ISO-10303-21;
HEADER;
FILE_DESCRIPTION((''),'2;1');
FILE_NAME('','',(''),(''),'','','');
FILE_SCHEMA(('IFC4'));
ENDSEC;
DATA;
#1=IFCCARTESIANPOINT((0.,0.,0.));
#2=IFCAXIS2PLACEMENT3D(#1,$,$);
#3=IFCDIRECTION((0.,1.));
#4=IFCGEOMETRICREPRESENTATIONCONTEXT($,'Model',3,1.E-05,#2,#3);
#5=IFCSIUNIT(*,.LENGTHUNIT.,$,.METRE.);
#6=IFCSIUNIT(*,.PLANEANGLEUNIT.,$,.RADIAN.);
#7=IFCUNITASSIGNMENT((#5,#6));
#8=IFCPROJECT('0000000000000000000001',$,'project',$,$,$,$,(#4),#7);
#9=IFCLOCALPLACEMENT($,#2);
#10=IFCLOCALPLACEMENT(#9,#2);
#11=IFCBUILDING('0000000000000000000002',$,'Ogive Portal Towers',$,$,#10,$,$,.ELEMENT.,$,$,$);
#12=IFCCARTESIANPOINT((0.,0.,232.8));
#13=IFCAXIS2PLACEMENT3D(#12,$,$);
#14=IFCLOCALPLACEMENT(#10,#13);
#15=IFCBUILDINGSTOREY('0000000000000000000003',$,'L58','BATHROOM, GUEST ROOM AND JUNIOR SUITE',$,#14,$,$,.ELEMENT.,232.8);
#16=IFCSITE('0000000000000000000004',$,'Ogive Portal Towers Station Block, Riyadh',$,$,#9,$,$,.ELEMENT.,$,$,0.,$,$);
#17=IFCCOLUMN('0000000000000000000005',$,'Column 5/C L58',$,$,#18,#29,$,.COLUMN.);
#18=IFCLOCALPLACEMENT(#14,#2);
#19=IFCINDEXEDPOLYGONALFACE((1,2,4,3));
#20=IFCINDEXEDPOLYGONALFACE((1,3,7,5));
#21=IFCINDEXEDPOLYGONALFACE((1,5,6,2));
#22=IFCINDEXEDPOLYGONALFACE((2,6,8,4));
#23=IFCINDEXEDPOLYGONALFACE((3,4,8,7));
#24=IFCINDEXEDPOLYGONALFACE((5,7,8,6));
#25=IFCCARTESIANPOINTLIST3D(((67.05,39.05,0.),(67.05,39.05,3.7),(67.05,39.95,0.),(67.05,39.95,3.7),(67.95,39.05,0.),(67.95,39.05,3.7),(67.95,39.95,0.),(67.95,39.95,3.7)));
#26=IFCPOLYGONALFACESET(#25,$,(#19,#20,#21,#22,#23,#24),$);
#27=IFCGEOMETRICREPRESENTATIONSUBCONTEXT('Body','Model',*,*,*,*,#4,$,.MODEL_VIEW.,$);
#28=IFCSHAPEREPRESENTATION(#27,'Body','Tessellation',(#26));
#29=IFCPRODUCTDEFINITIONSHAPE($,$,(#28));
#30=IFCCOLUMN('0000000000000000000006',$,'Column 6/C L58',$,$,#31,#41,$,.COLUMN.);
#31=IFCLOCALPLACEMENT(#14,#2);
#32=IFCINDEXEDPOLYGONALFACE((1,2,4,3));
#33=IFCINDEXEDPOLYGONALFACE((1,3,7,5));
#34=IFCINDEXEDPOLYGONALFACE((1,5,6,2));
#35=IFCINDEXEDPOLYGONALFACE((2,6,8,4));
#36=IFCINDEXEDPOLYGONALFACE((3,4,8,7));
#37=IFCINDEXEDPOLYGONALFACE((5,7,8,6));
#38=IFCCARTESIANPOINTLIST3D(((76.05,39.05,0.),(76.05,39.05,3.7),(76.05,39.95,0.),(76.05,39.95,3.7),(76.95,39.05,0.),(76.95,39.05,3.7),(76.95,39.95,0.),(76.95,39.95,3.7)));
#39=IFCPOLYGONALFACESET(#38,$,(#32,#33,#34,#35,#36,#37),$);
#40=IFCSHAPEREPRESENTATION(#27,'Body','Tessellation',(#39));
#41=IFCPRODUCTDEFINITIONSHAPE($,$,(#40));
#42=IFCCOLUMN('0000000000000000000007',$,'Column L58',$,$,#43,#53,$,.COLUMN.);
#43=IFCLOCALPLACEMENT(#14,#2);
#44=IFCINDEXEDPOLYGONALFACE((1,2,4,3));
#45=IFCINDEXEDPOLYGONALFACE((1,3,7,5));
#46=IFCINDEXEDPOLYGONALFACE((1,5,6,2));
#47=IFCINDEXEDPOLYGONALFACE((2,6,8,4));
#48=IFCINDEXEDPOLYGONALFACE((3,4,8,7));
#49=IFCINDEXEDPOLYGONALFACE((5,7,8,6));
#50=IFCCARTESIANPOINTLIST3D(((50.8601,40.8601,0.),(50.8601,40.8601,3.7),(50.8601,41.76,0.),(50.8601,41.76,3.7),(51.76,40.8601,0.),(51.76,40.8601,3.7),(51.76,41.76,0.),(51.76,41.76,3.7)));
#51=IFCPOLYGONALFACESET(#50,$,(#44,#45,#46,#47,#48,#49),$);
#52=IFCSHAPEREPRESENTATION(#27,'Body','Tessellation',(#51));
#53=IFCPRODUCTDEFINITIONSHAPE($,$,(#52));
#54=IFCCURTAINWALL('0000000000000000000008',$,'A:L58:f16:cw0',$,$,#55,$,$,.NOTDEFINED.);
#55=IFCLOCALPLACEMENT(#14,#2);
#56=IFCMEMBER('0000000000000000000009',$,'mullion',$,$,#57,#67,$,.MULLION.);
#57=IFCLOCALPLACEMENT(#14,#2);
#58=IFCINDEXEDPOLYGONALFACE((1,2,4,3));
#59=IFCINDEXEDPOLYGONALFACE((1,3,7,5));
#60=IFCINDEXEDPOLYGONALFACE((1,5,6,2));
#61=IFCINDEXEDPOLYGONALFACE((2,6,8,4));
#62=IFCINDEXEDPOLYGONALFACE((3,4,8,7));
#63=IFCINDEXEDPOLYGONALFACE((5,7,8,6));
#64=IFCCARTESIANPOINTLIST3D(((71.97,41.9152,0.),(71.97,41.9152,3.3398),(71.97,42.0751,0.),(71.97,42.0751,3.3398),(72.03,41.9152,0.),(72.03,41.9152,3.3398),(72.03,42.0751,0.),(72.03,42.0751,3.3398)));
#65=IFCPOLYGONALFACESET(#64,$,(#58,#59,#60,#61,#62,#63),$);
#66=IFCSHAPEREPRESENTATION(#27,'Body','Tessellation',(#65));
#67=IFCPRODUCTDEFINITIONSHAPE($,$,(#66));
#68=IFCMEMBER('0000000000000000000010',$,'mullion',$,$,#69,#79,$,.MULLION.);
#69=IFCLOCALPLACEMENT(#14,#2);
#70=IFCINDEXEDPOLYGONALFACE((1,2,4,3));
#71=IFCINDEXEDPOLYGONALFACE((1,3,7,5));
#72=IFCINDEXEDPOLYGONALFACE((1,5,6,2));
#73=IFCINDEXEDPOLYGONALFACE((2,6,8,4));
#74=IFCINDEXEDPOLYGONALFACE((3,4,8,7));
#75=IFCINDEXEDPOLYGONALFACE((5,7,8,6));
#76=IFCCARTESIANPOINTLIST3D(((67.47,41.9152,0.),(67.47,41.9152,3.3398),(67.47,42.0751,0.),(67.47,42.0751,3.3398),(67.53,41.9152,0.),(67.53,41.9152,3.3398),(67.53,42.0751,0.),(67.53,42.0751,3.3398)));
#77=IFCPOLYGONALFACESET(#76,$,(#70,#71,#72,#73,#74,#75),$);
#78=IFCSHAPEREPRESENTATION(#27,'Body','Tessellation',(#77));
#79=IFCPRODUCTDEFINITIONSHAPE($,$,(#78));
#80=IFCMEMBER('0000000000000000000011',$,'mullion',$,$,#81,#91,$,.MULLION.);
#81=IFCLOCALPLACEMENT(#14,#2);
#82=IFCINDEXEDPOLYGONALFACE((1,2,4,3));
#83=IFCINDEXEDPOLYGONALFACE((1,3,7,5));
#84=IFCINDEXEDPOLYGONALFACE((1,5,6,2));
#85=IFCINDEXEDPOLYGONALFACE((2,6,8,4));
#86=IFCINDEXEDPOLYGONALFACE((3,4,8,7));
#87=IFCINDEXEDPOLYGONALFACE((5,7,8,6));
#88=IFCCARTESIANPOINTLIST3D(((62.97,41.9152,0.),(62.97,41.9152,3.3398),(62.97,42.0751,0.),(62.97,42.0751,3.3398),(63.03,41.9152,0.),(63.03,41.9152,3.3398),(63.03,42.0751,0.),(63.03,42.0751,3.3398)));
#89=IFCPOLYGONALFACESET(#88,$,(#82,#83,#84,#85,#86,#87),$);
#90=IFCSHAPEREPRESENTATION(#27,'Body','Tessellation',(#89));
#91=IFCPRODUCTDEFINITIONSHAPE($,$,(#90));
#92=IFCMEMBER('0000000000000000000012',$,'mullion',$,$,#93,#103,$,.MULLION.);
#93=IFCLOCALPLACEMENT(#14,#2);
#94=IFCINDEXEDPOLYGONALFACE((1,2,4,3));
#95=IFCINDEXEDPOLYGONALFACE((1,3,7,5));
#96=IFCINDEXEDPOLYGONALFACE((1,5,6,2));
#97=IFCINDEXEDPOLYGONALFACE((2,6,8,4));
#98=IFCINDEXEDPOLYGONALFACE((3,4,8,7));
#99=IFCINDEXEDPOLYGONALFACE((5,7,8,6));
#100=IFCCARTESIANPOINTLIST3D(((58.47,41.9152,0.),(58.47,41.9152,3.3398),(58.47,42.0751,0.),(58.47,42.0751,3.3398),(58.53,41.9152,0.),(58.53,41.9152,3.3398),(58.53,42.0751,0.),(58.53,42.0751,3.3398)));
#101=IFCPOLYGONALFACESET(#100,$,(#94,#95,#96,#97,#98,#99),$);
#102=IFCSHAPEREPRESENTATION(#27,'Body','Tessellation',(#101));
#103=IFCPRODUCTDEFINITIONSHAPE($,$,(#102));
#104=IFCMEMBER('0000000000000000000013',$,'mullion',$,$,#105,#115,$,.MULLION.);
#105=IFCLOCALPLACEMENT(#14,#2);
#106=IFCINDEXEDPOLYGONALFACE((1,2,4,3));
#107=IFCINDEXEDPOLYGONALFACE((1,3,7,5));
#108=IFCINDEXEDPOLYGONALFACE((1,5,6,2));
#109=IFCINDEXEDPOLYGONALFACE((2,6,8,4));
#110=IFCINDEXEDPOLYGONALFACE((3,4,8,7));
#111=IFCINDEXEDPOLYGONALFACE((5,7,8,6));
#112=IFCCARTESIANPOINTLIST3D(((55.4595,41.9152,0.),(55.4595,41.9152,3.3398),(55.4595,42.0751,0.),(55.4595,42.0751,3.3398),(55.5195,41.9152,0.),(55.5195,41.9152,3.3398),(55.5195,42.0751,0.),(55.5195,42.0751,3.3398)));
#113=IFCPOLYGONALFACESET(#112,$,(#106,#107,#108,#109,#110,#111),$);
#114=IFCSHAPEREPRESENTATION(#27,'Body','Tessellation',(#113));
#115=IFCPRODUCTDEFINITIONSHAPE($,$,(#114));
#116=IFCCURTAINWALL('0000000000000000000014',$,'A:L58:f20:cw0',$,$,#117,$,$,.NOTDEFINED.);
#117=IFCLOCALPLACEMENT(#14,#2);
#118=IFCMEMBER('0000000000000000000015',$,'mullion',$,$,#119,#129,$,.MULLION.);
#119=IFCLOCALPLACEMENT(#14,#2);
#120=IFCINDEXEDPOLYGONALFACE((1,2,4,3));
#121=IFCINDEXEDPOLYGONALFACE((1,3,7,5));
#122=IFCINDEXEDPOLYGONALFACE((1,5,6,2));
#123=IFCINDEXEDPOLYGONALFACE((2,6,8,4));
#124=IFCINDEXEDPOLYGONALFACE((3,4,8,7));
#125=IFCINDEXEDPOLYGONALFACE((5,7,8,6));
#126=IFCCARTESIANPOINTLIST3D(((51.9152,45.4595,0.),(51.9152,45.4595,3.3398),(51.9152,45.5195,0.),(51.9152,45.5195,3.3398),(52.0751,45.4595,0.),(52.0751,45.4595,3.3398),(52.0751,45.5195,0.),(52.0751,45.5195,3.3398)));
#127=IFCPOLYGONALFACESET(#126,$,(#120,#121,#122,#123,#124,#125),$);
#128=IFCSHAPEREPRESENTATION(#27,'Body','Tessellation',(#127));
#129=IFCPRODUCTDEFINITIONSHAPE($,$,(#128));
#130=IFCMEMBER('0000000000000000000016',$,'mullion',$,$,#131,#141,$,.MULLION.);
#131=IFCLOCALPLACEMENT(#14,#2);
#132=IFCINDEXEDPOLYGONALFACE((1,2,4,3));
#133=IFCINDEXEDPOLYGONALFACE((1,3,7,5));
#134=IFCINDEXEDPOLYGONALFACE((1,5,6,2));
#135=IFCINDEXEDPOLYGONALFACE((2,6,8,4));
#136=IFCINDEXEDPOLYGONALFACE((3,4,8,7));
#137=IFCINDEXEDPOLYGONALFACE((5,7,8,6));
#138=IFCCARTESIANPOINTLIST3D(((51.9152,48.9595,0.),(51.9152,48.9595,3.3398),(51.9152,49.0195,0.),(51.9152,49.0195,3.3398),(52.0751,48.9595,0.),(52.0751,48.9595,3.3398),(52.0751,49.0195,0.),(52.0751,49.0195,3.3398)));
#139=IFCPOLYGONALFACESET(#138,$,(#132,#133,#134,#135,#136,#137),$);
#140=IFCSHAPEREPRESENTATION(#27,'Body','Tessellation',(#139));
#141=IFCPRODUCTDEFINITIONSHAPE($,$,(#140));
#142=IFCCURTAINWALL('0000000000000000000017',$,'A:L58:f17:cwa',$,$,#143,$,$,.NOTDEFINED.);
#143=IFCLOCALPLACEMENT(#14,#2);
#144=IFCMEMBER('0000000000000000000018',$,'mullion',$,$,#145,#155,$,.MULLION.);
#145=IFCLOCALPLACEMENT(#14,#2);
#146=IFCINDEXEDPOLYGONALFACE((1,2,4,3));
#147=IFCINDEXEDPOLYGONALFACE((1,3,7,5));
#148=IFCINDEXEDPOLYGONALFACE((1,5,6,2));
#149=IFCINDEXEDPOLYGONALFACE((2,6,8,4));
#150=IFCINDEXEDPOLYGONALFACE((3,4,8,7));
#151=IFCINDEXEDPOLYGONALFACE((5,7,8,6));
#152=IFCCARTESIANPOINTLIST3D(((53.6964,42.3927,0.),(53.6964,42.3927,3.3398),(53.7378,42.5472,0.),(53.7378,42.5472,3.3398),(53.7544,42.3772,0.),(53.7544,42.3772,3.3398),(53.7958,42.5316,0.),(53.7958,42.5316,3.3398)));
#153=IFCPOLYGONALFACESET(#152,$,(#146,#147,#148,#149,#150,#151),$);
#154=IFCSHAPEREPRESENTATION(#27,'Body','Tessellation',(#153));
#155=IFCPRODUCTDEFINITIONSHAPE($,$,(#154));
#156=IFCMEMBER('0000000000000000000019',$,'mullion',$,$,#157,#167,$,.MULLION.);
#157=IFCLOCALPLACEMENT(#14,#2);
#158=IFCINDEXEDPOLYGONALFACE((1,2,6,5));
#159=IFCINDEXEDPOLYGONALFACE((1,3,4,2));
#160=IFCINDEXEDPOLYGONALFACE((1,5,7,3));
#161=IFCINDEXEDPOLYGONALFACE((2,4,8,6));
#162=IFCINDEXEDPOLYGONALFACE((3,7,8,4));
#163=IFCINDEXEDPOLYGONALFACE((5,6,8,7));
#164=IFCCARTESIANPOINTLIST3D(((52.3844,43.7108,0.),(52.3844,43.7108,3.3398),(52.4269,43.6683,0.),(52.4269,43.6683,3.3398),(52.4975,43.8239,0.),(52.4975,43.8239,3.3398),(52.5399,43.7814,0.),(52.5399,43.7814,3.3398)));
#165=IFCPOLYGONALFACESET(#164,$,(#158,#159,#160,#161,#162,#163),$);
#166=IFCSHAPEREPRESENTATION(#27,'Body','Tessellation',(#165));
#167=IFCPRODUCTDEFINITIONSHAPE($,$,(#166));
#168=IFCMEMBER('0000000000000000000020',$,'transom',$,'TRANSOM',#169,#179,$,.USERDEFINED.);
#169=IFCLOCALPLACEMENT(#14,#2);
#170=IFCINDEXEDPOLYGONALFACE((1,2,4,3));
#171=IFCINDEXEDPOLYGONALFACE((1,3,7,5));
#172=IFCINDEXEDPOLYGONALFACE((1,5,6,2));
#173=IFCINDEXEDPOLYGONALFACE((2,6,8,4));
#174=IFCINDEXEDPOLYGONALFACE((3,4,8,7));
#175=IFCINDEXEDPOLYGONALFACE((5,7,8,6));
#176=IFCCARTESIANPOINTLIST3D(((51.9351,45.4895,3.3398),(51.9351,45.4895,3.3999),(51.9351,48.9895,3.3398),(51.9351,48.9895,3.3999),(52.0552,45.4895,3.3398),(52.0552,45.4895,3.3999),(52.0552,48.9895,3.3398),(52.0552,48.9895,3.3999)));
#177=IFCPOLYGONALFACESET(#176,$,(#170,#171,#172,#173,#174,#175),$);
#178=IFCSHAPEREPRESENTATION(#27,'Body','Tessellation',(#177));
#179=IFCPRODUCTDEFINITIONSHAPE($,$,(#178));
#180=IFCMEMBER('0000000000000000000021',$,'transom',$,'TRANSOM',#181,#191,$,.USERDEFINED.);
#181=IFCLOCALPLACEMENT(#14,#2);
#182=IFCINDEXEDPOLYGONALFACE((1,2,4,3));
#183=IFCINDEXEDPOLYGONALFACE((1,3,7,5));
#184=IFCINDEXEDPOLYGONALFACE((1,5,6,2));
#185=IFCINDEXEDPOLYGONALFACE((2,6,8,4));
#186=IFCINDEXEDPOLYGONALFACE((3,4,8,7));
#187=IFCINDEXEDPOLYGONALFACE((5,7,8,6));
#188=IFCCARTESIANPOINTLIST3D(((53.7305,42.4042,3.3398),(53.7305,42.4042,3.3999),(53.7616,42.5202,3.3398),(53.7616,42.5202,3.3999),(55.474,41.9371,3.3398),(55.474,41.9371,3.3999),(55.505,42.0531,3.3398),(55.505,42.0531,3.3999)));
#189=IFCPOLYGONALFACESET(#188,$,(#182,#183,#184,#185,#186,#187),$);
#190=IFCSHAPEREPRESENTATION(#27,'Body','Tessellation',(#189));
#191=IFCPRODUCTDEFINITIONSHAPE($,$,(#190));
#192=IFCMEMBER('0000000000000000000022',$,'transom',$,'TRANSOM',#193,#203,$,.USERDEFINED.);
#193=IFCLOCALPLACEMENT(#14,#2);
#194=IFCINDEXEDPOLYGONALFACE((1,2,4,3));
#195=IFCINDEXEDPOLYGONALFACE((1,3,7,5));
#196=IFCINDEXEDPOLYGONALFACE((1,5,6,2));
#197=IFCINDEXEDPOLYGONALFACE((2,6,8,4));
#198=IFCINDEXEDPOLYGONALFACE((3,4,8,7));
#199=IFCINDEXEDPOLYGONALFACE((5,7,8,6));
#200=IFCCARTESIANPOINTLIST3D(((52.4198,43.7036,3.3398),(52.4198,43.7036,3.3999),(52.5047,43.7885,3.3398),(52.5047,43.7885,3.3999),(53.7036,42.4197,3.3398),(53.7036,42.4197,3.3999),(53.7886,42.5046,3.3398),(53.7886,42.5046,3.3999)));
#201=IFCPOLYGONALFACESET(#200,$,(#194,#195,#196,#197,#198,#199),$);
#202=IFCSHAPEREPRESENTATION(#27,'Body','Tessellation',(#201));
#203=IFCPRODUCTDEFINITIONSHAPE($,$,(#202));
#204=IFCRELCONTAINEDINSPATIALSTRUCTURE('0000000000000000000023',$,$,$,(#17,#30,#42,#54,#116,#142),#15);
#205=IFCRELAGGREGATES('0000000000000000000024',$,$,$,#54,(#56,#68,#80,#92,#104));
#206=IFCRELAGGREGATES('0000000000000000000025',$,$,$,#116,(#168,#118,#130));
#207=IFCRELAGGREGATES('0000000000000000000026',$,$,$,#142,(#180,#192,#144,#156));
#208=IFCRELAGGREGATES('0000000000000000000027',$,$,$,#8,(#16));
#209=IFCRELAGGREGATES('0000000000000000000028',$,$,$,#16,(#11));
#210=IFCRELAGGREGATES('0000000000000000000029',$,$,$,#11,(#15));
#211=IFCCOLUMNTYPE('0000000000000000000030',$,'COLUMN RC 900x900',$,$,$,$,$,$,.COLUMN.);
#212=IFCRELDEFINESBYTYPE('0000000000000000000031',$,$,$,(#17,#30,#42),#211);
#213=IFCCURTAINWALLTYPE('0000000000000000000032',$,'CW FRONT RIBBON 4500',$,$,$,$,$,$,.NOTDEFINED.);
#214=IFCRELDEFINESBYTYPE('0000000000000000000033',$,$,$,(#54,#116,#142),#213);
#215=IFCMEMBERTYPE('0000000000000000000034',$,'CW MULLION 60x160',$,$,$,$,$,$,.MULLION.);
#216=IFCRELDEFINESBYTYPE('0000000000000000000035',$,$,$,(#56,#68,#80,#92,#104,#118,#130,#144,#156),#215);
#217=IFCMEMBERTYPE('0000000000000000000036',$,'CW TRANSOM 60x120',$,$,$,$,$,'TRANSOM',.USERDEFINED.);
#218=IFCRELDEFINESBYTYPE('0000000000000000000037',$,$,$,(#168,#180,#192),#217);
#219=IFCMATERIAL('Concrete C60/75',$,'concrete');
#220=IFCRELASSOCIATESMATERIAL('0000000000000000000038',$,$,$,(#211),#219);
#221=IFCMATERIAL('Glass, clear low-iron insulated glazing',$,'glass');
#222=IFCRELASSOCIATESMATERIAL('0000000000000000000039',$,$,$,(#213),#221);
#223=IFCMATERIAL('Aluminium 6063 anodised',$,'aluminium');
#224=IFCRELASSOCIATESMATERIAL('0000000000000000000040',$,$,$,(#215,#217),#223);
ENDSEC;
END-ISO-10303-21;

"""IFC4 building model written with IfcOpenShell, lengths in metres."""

from ifc_helpers import new_model, si_unit, direction, frame, origin, origin_2d, place, context, subcontext, project, spatial, rectangle, extrude, material, material_profile, profile_set, type_object, element, aggregate, save


model = new_model("IFC4")

# Units and contexts
model_context = context("Model", 3, precision=1e-05, world=origin(), true_north=direction((0.0, 1.0)))
body_context = subcontext(model_context, "Body", "Model", "MODEL_VIEW")
ifc_project = project(units=[si_unit("LENGTHUNIT", "METRE"), si_unit("PLANEANGLEUNIT", "RADIAN")], contexts=[model_context])

# Site, building, storey
site_placement = place(None, origin())
site = spatial("IfcSite", under=ifc_project, at=site_placement, Name="Ogive Portal Towers Station Block, Riyadh", CompositionType="ELEMENT", RefElevation=0.0)
building_placement = place(site_placement, origin())
building = spatial("IfcBuilding", under=site, at=building_placement, Name="Ogive Portal Towers", CompositionType="ELEMENT")
storey_placement = place(building_placement, frame((0.0, 0.0, 232.8)))
storey = spatial("IfcBuildingStorey", under=building, at=storey_placement, Name="L58", Description="BATHROOM, GUEST ROOM AND JUNIOR SUITE", CompositionType="ELEMENT", Elevation=232.8)

# Columns
ifc_material_1 = material(Name="Concrete C60/75", Category="concrete")
ifc_material_profile_1 = material_profile(ifc_material_1, rectangle(XDim=0.8999, YDim=0.8999, at=origin_2d()), Name="RC 900x900")
ifc_profile_set_1 = profile_set([ifc_material_profile_1], Name="Concrete C60/75")
column_type = type_object("IfcColumnType", Name="COLUMN RC 900x900", PredefinedType="COLUMN", material=ifc_profile_set_1)
for number, where, z_axis, x_axis, name in (
    (1, (67.5, 39.5, 0.0), (0.0, 0.0, 1.0), (1.0, 0.0, 0.0), "Column 5/C L58"),
    (2, (76.5, 39.5, 0.0), (0.0, 0.0, 1.0), (1.0, 0.0, 0.0), "Column 6/C L58"),
    (3, (51.3101, 41.3101, 0.0), (0.0, 0.0, 1.0), (1.0, 0.0, 0.0), "Column L58"),
):
    element("IfcColumn", number, at=place(storey_placement, frame(where, z_axis=z_axis, x_axis=x_axis)), inside=storey, type_object=column_type, Name=name, PredefinedType="COLUMN", context=body_context, shape_type="SweptSolid", body=[
        extrude(rectangle(XDim=0.8999, YDim=0.8999, at=origin_2d()), origin(), (0.0, 0.0, 1.0), 3.7),
    ])

# Curtain walls, members
ifc_material_2 = material(Name="Glass, clear low-iron insulated glazing", Category="glass")
curtain_wall_type = type_object("IfcCurtainWallType", Name="CW FRONT RIBBON 4500", PredefinedType="NOTDEFINED", material=ifc_material_2)
curtain_wall_1_placement = place(storey_placement, origin())
curtain_wall_1 = element("IfcCurtainWall", 4, at=curtain_wall_1_placement, inside=storey, type_object=curtain_wall_type, Name="A:L58:f16:cw0", PredefinedType="NOTDEFINED")
ifc_material_3 = material(Name="Aluminium 6063 anodised", Category="aluminium")
ifc_material_profile_2 = material_profile(ifc_material_3, rectangle(XDim=0.1599, YDim=0.0601, at=origin_2d()), Name="AL 60x160")
ifc_profile_set_2 = profile_set([ifc_material_profile_2], Name="Aluminium 6063 anodised")
member_type_1 = type_object("IfcMemberType", Name="CW MULLION 60x160", PredefinedType="MULLION", material=ifc_profile_set_2)
member_1_placement = place(storey_placement, frame((72.0, 41.9951, 0.0), z_axis=(0.0, 0.0, 1.0), x_axis=(0.0, -1.0, 0.0)))
member_1 = element("IfcMember", 5, at=member_1_placement, type_object=member_type_1, Name="mullion", PredefinedType="MULLION", context=body_context, shape_type="SweptSolid", body=[
    extrude(rectangle(XDim=0.1599, YDim=0.0601, at=origin_2d()), origin(), (0.0, 0.0, 1.0), 3.3398),
])
member_2_placement = place(storey_placement, frame((67.5, 41.9951, 0.0), z_axis=(0.0, 0.0, 1.0), x_axis=(0.0, -1.0, 0.0)))
member_2 = element("IfcMember", 6, at=member_2_placement, type_object=member_type_1, Name="mullion", PredefinedType="MULLION", context=body_context, shape_type="SweptSolid", body=[
    extrude(rectangle(XDim=0.1599, YDim=0.0601, at=origin_2d()), origin(), (0.0, 0.0, 1.0), 3.3398),
])
member_3_placement = place(storey_placement, frame((63.0, 41.9951, 0.0), z_axis=(0.0, 0.0, 1.0), x_axis=(0.0, -1.0, 0.0)))
member_3 = element("IfcMember", 7, at=member_3_placement, type_object=member_type_1, Name="mullion", PredefinedType="MULLION", context=body_context, shape_type="SweptSolid", body=[
    extrude(rectangle(XDim=0.1599, YDim=0.0601, at=origin_2d()), origin(), (0.0, 0.0, 1.0), 3.3398),
])
member_4_placement = place(storey_placement, frame((58.5, 41.9951, 0.0), z_axis=(0.0, 0.0, 1.0), x_axis=(0.0, -1.0, 0.0)))
member_4 = element("IfcMember", 8, at=member_4_placement, type_object=member_type_1, Name="mullion", PredefinedType="MULLION", context=body_context, shape_type="SweptSolid", body=[
    extrude(rectangle(XDim=0.1599, YDim=0.0601, at=origin_2d()), origin(), (0.0, 0.0, 1.0), 3.3398),
])
member_5_placement = place(storey_placement, frame((55.4895, 41.9951, 0.0), z_axis=(0.0, 0.0, 1.0), x_axis=(0.0, -1.0, 0.0)))
member_5 = element("IfcMember", 9, at=member_5_placement, type_object=member_type_1, Name="mullion", PredefinedType="MULLION", context=body_context, shape_type="SweptSolid", body=[
    extrude(rectangle(XDim=0.1599, YDim=0.0601, at=origin_2d()), origin(), (0.0, 0.0, 1.0), 3.3398),
])
curtain_wall_2_placement = place(storey_placement, origin())
curtain_wall_2 = element("IfcCurtainWall", 10, at=curtain_wall_2_placement, inside=storey, type_object=curtain_wall_type, Name="A:L58:f20:cw0", PredefinedType="NOTDEFINED")
member_6_placement = place(storey_placement, frame((51.9951, 45.4895, 0.0), z_axis=(0.0, 0.0, 1.0), x_axis=(-1.0, 0.0, 0.0)))
member_6 = element("IfcMember", 11, at=member_6_placement, type_object=member_type_1, Name="mullion", PredefinedType="MULLION", context=body_context, shape_type="SweptSolid", body=[
    extrude(rectangle(XDim=0.1599, YDim=0.0601, at=origin_2d()), origin(), (0.0, 0.0, 1.0), 3.3398),
])
member_7_placement = place(storey_placement, frame((51.9951, 48.9895, 0.0), z_axis=(0.0, 0.0, 1.0), x_axis=(-1.0, 0.0, 0.0)))
member_7 = element("IfcMember", 12, at=member_7_placement, type_object=member_type_1, Name="mullion", PredefinedType="MULLION", context=body_context, shape_type="SweptSolid", body=[
    extrude(rectangle(XDim=0.1599, YDim=0.0601, at=origin_2d()), origin(), (0.0, 0.0, 1.0), 3.3398),
])
curtain_wall_3_placement = place(storey_placement, origin())
curtain_wall_3 = element("IfcCurtainWall", 13, at=curtain_wall_3_placement, inside=storey, type_object=curtain_wall_type, Name="A:L58:f17:cwa", PredefinedType="NOTDEFINED")
member_8_placement = place(storey_placement, frame((53.7461, 42.4622, 0.0), z_axis=(0.0, 0.0, 1.0), x_axis=(-0.258819, -0.965926, 0.0)))
member_8 = element("IfcMember", 14, at=member_8_placement, type_object=member_type_1, Name="mullion", PredefinedType="MULLION", context=body_context, shape_type="SweptSolid", body=[
    extrude(rectangle(XDim=0.1599, YDim=0.0601, at=origin_2d()), origin(), (0.0, 0.0, 1.0), 3.3398),
])
member_9_placement = place(storey_placement, frame((52.4622, 43.7461, 0.0), z_axis=(0.0, 0.0, 1.0), x_axis=(-0.707107, -0.707107, 0.0)))
member_9 = element("IfcMember", 15, at=member_9_placement, type_object=member_type_1, Name="mullion", PredefinedType="MULLION", context=body_context, shape_type="SweptSolid", body=[
    extrude(rectangle(XDim=0.1599, YDim=0.0601, at=origin_2d()), origin(), (0.0, 0.0, 1.0), 3.3398),
])

# Members
ifc_material_profile_3 = material_profile(ifc_material_3, rectangle(XDim=0.1201, YDim=0.0601, at=origin_2d()), Name="AL 120x60")
ifc_profile_set_3 = profile_set([ifc_material_profile_3], Name="Aluminium 6063 anodised")
member_type_2 = type_object("IfcMemberType", Name="CW TRANSOM 60x120", ElementType="TRANSOM", PredefinedType="USERDEFINED", material=ifc_profile_set_3)
member_10_placement = place(storey_placement, frame((51.9951, 45.4895, 3.3699), z_axis=(0.0, 1.0, 0.0), x_axis=(-1.0, 0.0, 0.0)))
member_10 = element("IfcMember", 16, at=member_10_placement, type_object=member_type_2, Name="transom", ObjectType="TRANSOM", PredefinedType="USERDEFINED", context=body_context, shape_type="SweptSolid", body=[
    extrude(rectangle(XDim=0.1201, YDim=0.0601, at=origin_2d()), origin(), (0.0, 0.0, 1.0), 3.5),
])
member_11_placement = place(storey_placement, frame((55.4895, 41.9951, 3.3699), z_axis=(-0.96594, 0.258765, 0.0), x_axis=(-0.258765, -0.96594, 0.0)))
member_11 = element("IfcMember", 17, at=member_11_placement, type_object=member_type_2, Name="transom", ObjectType="TRANSOM", PredefinedType="USERDEFINED", context=body_context, shape_type="SweptSolid", body=[
    extrude(rectangle(XDim=0.1201, YDim=0.0601, at=origin_2d()), origin(), (0.0, 0.0, 1.0), 1.8049),
])
member_12_placement = place(storey_placement, frame((53.7461, 42.4622, 3.3699), z_axis=(-0.707107, 0.707107, 0.0), x_axis=(-0.707107, -0.707107, 0.0)))
member_12 = element("IfcMember", 18, at=member_12_placement, type_object=member_type_2, Name="transom", ObjectType="TRANSOM", PredefinedType="USERDEFINED", context=body_context, shape_type="SweptSolid", body=[
    extrude(rectangle(XDim=0.1201, YDim=0.0601, at=origin_2d()), origin(), (0.0, 0.0, 1.0), 1.8157),
])

aggregate(curtain_wall_1, [member_1, member_2, member_3, member_4, member_5])
aggregate(curtain_wall_2, [member_10, member_6, member_7])
aggregate(curtain_wall_3, [member_11, member_12, member_8, member_9])

save(model, "model.ifc")
